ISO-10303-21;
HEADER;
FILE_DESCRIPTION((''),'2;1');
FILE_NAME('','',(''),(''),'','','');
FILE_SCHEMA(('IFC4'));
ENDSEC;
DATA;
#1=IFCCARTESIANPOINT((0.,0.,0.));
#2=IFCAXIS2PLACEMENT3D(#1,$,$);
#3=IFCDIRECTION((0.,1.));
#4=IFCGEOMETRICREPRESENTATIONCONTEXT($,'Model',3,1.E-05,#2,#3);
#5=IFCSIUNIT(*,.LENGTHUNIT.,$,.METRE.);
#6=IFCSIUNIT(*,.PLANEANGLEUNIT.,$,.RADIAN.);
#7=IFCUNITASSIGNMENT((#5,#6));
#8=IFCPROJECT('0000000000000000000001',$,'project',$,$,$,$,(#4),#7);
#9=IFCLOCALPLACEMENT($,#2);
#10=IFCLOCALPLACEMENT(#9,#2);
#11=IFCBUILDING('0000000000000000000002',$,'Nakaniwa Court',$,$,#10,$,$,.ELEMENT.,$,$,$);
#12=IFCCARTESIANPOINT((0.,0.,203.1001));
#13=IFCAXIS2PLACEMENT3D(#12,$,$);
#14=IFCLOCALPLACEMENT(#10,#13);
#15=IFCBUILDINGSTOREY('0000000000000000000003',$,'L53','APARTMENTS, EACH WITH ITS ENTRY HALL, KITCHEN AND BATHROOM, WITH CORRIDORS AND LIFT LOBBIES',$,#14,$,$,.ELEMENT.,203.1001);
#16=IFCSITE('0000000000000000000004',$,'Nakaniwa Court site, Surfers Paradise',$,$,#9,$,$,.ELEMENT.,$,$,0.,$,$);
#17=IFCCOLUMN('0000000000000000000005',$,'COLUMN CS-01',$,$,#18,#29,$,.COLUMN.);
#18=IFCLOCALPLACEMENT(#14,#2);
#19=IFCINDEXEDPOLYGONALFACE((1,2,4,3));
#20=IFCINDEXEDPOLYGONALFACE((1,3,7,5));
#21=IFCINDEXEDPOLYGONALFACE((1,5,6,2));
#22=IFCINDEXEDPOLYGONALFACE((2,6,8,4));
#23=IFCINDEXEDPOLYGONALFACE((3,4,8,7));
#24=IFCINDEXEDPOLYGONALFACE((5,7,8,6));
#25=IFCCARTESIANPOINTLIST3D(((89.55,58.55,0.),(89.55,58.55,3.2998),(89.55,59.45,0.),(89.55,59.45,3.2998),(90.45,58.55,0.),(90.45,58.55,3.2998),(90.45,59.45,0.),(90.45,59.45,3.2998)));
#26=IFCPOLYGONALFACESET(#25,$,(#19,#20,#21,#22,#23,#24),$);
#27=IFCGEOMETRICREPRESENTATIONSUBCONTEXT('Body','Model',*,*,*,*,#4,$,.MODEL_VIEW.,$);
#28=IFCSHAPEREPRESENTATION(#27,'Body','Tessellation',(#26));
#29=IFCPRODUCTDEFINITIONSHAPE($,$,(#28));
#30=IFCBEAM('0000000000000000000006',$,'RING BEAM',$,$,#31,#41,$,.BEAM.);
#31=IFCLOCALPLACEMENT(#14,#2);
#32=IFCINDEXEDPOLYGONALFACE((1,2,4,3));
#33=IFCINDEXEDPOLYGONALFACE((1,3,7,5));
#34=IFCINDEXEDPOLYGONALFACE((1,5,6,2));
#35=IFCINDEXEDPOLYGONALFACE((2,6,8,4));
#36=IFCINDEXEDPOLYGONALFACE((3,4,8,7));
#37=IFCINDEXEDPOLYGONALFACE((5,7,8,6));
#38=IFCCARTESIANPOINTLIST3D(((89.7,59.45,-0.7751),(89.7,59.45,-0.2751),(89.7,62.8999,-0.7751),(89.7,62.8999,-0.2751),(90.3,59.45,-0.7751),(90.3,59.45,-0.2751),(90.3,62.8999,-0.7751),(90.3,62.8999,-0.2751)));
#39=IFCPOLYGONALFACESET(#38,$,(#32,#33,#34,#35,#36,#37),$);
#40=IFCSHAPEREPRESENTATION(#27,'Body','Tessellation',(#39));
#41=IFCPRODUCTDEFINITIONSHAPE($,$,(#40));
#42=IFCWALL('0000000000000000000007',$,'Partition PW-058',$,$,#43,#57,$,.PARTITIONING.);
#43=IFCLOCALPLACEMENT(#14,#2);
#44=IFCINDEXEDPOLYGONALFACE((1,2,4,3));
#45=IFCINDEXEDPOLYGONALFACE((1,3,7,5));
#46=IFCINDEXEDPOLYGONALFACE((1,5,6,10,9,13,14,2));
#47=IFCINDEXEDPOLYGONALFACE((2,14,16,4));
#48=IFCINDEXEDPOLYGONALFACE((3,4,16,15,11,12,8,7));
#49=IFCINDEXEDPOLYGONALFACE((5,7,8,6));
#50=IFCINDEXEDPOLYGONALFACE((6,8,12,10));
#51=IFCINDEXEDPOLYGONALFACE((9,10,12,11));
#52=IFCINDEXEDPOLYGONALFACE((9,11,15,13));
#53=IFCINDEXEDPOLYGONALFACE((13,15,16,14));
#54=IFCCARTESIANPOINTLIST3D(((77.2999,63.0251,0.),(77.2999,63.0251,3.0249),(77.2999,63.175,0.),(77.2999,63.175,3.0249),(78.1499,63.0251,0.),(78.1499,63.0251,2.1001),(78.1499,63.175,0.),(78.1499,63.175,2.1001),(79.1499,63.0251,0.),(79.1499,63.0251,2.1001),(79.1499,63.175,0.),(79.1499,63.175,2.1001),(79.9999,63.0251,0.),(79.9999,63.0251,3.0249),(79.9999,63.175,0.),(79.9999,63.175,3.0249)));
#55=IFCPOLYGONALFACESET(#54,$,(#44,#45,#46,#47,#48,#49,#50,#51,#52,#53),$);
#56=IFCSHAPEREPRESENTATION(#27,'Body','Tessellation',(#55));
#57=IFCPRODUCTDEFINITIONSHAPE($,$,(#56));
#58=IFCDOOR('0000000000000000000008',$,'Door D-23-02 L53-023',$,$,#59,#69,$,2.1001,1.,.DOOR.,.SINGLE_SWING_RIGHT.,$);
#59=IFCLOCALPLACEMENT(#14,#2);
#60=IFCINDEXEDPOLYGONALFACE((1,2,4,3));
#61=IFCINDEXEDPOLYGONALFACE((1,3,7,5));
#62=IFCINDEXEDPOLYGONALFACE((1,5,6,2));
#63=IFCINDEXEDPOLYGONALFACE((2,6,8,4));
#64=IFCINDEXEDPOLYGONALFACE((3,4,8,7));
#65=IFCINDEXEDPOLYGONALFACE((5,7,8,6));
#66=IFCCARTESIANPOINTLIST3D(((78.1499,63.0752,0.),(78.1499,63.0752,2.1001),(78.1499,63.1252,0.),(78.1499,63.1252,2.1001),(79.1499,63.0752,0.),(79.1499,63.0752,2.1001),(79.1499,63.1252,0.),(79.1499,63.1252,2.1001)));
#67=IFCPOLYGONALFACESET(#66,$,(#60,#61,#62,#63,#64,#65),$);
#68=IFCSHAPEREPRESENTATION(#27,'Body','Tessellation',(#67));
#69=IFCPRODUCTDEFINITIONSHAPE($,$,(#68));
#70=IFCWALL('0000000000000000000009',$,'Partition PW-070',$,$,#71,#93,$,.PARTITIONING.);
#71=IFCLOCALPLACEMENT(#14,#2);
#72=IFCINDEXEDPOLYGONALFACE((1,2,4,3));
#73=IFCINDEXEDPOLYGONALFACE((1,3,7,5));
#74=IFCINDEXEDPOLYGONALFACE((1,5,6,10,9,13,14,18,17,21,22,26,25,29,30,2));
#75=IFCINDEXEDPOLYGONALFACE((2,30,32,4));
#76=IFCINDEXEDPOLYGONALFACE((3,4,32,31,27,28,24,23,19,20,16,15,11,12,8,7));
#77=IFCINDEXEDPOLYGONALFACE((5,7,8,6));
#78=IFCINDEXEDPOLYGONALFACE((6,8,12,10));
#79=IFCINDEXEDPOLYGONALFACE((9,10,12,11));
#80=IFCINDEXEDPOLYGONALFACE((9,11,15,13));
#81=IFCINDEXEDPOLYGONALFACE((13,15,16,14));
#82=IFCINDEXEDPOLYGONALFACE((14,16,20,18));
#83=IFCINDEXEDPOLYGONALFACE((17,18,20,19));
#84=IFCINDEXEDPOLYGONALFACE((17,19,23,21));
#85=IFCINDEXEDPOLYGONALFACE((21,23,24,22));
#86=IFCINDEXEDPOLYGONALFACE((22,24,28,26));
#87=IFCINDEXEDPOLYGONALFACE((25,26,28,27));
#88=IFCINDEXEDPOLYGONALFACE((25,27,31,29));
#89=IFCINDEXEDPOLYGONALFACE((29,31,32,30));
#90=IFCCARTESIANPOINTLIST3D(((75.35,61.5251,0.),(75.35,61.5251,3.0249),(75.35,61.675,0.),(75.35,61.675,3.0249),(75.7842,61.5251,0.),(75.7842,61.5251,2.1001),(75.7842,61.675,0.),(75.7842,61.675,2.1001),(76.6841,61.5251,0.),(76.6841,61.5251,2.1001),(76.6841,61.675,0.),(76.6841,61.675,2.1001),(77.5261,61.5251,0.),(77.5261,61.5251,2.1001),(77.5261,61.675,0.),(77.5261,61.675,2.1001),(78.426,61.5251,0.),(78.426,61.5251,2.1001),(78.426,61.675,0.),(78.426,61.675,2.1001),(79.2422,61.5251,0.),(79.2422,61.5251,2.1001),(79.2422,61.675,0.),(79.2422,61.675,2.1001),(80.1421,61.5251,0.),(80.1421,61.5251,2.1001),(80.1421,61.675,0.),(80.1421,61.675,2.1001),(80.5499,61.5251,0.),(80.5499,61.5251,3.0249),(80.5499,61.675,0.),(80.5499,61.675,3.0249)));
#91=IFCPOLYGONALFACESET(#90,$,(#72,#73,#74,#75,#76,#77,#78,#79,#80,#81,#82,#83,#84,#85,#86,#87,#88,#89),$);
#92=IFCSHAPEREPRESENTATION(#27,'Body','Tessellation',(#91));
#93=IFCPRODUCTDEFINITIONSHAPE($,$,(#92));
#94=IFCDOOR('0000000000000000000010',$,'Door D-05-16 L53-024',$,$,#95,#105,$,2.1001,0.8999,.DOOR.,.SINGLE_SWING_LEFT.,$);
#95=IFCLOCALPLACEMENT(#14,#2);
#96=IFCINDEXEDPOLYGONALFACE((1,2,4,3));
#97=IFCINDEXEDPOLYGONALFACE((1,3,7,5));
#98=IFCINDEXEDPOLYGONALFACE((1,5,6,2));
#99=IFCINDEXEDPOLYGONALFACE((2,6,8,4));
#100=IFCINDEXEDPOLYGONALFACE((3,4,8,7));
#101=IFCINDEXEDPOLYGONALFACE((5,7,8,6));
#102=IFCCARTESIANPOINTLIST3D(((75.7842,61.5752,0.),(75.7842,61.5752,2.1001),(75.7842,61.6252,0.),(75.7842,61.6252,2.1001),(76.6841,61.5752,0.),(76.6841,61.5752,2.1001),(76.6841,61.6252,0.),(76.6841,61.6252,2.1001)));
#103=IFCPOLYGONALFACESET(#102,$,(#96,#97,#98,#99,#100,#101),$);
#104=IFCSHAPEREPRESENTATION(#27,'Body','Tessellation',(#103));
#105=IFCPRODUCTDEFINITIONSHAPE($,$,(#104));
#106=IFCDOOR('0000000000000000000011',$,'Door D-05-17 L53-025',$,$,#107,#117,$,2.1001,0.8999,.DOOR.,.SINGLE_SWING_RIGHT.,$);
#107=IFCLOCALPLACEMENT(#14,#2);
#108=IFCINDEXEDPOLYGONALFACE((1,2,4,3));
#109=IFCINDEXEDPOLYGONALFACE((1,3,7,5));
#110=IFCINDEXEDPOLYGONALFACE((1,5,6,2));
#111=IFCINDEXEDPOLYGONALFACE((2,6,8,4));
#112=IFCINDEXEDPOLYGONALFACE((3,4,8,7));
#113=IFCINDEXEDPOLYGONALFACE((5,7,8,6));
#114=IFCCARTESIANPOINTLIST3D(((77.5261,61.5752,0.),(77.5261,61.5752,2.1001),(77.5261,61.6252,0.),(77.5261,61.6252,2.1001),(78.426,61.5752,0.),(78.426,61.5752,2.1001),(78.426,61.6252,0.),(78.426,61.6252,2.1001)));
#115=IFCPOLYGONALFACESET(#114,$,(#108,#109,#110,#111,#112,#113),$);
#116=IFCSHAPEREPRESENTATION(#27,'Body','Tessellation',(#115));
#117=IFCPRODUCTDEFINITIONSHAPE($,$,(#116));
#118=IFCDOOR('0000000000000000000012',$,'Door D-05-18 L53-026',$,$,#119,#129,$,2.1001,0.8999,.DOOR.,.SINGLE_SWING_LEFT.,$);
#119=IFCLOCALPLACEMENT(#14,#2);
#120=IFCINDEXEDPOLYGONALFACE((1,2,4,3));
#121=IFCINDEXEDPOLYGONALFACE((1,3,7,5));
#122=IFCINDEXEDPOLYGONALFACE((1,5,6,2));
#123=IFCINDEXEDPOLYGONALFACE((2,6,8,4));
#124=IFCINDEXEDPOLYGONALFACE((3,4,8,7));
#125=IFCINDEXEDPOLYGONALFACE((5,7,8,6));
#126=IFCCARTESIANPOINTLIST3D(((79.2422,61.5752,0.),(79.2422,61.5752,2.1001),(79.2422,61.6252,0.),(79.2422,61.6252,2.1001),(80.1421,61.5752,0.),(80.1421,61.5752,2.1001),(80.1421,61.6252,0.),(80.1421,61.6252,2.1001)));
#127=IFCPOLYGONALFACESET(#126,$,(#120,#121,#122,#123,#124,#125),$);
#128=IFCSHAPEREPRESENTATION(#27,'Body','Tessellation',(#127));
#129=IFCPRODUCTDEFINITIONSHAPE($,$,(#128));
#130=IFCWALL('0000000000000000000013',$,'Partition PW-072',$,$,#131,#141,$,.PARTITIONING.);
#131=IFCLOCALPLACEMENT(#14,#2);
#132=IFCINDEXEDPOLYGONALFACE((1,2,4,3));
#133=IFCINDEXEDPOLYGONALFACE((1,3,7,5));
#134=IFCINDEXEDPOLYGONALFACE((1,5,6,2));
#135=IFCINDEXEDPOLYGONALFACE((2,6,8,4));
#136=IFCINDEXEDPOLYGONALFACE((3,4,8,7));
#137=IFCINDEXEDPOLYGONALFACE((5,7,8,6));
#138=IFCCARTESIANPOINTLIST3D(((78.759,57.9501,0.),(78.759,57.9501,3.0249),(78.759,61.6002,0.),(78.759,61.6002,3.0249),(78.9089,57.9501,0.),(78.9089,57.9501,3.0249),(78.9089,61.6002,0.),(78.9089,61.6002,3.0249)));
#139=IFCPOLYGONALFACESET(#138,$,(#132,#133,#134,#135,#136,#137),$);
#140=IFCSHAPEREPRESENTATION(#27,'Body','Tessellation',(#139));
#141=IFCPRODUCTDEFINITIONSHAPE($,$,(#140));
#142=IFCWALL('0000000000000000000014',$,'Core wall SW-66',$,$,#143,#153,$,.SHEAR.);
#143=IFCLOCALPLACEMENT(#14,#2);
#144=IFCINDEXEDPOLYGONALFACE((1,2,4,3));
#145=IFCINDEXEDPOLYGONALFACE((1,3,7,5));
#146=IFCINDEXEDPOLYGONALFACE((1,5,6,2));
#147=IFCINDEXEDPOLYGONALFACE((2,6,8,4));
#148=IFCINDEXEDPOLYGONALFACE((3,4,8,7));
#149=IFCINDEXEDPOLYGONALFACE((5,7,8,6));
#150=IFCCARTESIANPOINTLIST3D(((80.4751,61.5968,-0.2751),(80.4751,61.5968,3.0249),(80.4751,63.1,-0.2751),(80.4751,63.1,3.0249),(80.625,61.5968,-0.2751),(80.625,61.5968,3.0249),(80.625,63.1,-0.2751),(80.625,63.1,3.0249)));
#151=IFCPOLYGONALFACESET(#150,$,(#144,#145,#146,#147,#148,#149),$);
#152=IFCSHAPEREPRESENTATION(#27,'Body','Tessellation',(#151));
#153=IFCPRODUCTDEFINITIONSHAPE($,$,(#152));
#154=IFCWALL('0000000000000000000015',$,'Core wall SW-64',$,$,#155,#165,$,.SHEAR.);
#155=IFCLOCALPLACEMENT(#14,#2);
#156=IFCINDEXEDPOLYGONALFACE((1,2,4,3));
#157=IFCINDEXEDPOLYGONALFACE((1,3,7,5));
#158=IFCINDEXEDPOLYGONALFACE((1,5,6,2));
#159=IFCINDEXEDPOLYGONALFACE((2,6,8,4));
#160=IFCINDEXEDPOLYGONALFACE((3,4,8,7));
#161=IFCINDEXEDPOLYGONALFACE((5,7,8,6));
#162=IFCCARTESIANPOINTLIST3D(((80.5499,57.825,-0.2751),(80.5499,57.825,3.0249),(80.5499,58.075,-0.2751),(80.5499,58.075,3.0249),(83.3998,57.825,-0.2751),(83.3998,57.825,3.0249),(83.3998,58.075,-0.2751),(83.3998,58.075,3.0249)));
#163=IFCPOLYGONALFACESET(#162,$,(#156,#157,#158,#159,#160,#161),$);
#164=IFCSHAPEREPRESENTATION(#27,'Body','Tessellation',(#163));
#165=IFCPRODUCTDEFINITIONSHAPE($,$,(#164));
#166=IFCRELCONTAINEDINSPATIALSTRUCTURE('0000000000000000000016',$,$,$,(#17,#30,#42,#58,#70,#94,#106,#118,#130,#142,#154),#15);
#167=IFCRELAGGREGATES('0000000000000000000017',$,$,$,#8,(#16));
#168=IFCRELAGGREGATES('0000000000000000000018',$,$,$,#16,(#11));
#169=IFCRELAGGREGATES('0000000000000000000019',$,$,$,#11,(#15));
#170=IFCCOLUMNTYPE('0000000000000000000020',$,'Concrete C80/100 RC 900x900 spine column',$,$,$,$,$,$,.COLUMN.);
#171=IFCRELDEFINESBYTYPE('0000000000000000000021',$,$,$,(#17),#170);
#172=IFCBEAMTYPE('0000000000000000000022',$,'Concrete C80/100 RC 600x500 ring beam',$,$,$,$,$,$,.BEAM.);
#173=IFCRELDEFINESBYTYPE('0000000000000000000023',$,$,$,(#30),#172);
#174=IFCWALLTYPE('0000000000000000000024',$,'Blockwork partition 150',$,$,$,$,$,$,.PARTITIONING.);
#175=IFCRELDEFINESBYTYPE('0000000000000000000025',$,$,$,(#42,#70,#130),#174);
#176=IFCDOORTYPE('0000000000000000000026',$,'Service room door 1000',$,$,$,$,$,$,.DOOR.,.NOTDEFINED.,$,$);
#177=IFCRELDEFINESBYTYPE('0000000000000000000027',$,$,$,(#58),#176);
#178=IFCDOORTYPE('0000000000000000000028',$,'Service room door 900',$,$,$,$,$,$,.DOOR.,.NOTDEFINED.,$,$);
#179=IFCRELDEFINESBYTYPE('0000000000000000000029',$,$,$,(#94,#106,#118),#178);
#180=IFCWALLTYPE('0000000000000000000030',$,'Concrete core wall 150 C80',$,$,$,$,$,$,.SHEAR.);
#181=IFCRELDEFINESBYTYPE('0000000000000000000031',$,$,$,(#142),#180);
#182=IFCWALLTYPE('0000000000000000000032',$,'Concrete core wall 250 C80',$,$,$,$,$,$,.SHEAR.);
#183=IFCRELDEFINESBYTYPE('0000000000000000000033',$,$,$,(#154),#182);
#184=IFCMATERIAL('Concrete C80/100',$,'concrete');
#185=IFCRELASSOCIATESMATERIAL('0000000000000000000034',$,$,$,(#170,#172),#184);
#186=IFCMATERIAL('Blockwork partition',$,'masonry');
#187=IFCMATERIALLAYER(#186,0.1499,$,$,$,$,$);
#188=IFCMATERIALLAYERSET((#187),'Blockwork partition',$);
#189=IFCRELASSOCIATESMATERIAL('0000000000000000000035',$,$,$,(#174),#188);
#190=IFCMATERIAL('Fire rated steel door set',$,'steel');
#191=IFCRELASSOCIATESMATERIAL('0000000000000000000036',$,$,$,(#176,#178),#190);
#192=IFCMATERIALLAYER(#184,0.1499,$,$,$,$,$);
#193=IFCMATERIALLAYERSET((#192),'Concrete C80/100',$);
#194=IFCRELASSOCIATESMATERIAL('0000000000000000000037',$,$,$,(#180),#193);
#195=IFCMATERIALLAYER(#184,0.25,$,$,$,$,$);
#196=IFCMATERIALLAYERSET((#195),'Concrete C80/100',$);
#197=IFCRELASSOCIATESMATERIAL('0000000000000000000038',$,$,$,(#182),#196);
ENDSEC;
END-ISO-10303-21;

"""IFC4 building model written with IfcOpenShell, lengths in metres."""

from ifc_helpers import new_model, si_unit, direction, frame, frame_2d, origin, origin_2d, place, context, subcontext, project, spatial, rectangle, extrude, material, layer, layer_set, material_profile, profile_set, type_object, element, fill, save


model = new_model("IFC4")

# Units and contexts
model_context = context("Model", 3, precision=1e-05, world=origin(), true_north=direction((0.0, 1.0)))
body_context = subcontext(model_context, "Body", "Model", "MODEL_VIEW")
ifc_project = project(units=[si_unit("LENGTHUNIT", "METRE"), si_unit("PLANEANGLEUNIT", "RADIAN")], contexts=[model_context])

# Site, building, storey
site_placement = place(None, origin())
site = spatial("IfcSite", under=ifc_project, at=site_placement, Name="Nakaniwa Court site, Surfers Paradise", CompositionType="ELEMENT", RefElevation=0.0)
building_placement = place(site_placement, origin())
building = spatial("IfcBuilding", under=site, at=building_placement, Name="Nakaniwa Court", CompositionType="ELEMENT")
storey_placement = place(building_placement, frame((0.0, 0.0, 203.1001)))
storey = spatial("IfcBuildingStorey", under=building, at=storey_placement, Name="L53", Description="APARTMENTS, EACH WITH ITS ENTRY HALL, KITCHEN AND BATHROOM, WITH CORRIDORS AND LIFT LOBBIES", CompositionType="ELEMENT", Elevation=203.1001)

# Column
ifc_material_1 = material(Name="Concrete C80/100", Category="concrete")
ifc_material_profile_1 = material_profile(ifc_material_1, rectangle(XDim=0.8999, YDim=0.8999, at=origin_2d()), Name="Concrete C80/100 RC 900x900 spine column")
ifc_profile_set_1 = profile_set([ifc_material_profile_1], Name="Concrete C80/100")
column_type = type_object("IfcColumnType", Name="Concrete C80/100 RC 900x900 spine column", PredefinedType="COLUMN", material=ifc_profile_set_1)
column_placement = place(storey_placement, frame((90.0, 59.0, 0.0), z_axis=(0.0, 0.0, 1.0), x_axis=(0.0, 1.0, 0.0)))
element("IfcColumn", 1, at=column_placement, inside=storey, type_object=column_type, Name="COLUMN CS-01", PredefinedType="COLUMN", context=body_context, shape_type="SweptSolid", body=[
    extrude(rectangle(XDim=0.8999, YDim=0.8999, at=origin_2d()), origin(), (0.0, 0.0, 1.0), 3.2998),
])

# Beam
ifc_material_profile_2 = material_profile(ifc_material_1, rectangle(XDim=0.6001, YDim=0.5, at=origin_2d()), Name="Concrete C80/100 RC 600x500 ring beam")
ifc_profile_set_2 = profile_set([ifc_material_profile_2], Name="Concrete C80/100")
beam_type = type_object("IfcBeamType", Name="Concrete C80/100 RC 600x500 ring beam", PredefinedType="BEAM", material=ifc_profile_set_2)
beam_placement = place(storey_placement, frame((90.0, 59.45, -0.5251), z_axis=(0.0, 1.0, 0.0), x_axis=(-1.0, 0.0, 0.0)))
element("IfcBeam", 2, at=beam_placement, inside=storey, type_object=beam_type, Name="RING BEAM", PredefinedType="BEAM", context=body_context, shape_type="SweptSolid", body=[
    extrude(rectangle(XDim=0.6001, YDim=0.5, at=origin_2d()), origin(), (0.0, 0.0, 1.0), 3.45),
])

# Wall, opening, door
ifc_material_2 = material(Name="Blockwork partition", Category="masonry")
ifc_layer_1 = layer(ifc_material_2, 0.1499)
ifc_layer_set_1 = layer_set([ifc_layer_1], Name="Blockwork partition")
wall_type_1 = type_object("IfcWallType", Name="Blockwork partition 150", PredefinedType="PARTITIONING", material=ifc_layer_set_1)
wall_1_placement = place(storey_placement, frame((80.0, 63.1001, 0.0), z_axis=(0.0, 0.0, 1.0), x_axis=(-1.0, 0.0, 0.0)))
wall_1 = element("IfcWall", 3, at=wall_1_placement, inside=storey, type_object=wall_type_1, Name="Partition PW-058", PredefinedType="PARTITIONING", context=body_context, shape_type="SweptSolid", body=[
    extrude(rectangle(XDim=2.7, YDim=0.1499, at=frame_2d((1.3501, 0.0))), origin(), (0.0, 0.0, 1.0), 3.0249),
])
opening_1_placement = place(wall_1_placement, frame((0.8501, 0.0, 0.0)))
opening_1 = element("IfcOpeningElement", 4, at=opening_1_placement, cuts=wall_1, PredefinedType="OPENING", context=body_context, shape_type="SweptSolid", body=[
    extrude(rectangle(XDim=1.0, YDim=2.1001, at=frame_2d((0.5, 1.05))), frame((0.0, 0.085, 0.0), z_axis=(0.0, -1.0, 0.0), x_axis=(1.0, 0.0, 0.0)), (0.0, 0.0, 1.0), 0.1699),
])
ifc_material_3 = material(Name="Fire rated steel door set", Category="steel")
door_type_1 = type_object("IfcDoorType", Name="Service room door 1000", OperationType="NOTDEFINED", PredefinedType="DOOR", material=ifc_material_3)
door_1_placement = place(opening_1_placement, origin())
door_1 = element("IfcDoor", 5, at=door_1_placement, inside=storey, type_object=door_type_1, Name="Door D-23-02 L53-023", OperationType="SINGLE_SWING_RIGHT", OverallHeight=2.1001, OverallWidth=1.0, PredefinedType="DOOR", context=body_context, shape_type="SweptSolid", body=[
    extrude(rectangle(XDim=1.0, YDim=2.1001, at=frame_2d((0.5, 1.05))), frame((0.0, 0.0249, 0.0), z_axis=(0.0, -1.0, 0.0), x_axis=(1.0, 0.0, 0.0)), (0.0, 0.0, 1.0), 0.05),
])
fill(opening_1, door_1)

# Wall, openings, doors
wall_2_placement = place(storey_placement, frame((80.55, 61.6001, 0.0), z_axis=(0.0, 0.0, 1.0), x_axis=(-1.0, 0.0, 0.0)))
wall_2 = element("IfcWall", 6, at=wall_2_placement, inside=storey, type_object=wall_type_1, Name="Partition PW-070", PredefinedType="PARTITIONING", context=body_context, shape_type="SweptSolid", body=[
    extrude(rectangle(XDim=5.2, YDim=0.1499, at=frame_2d((2.6001, 0.0))), origin(), (0.0, 0.0, 1.0), 3.0249),
])
opening_2_placement = place(wall_2_placement, frame((3.866, 0.0, 0.0)))
opening_2 = element("IfcOpeningElement", 7, at=opening_2_placement, cuts=wall_2, PredefinedType="OPENING", context=body_context, shape_type="SweptSolid", body=[
    extrude(rectangle(XDim=0.8999, YDim=2.1001, at=frame_2d((0.45, 1.05))), frame((0.0, 0.085, 0.0), z_axis=(0.0, -1.0, 0.0), x_axis=(1.0, 0.0, 0.0)), (0.0, 0.0, 1.0), 0.1699),
])
opening_3_placement = place(wall_2_placement, frame((2.124, 0.0, 0.0)))
opening_3 = element("IfcOpeningElement", 8, at=opening_3_placement, cuts=wall_2, PredefinedType="OPENING", context=body_context, shape_type="SweptSolid", body=[
    extrude(rectangle(XDim=0.8999, YDim=2.1001, at=frame_2d((0.45, 1.05))), frame((0.0, 0.085, 0.0), z_axis=(0.0, -1.0, 0.0), x_axis=(1.0, 0.0, 0.0)), (0.0, 0.0, 1.0), 0.1699),
])
opening_4_placement = place(wall_2_placement, frame((0.408, 0.0, 0.0)))
opening_4 = element("IfcOpeningElement", 9, at=opening_4_placement, cuts=wall_2, PredefinedType="OPENING", context=body_context, shape_type="SweptSolid", body=[
    extrude(rectangle(XDim=0.8999, YDim=2.1001, at=frame_2d((0.45, 1.05))), frame((0.0, 0.085, 0.0), z_axis=(0.0, -1.0, 0.0), x_axis=(1.0, 0.0, 0.0)), (0.0, 0.0, 1.0), 0.1699),
])
door_type_2 = type_object("IfcDoorType", Name="Service room door 900", OperationType="NOTDEFINED", PredefinedType="DOOR", material=ifc_material_3)
door_2_placement = place(opening_2_placement, origin())
door_2 = element("IfcDoor", 10, at=door_2_placement, inside=storey, type_object=door_type_2, Name="Door D-05-16 L53-024", OperationType="SINGLE_SWING_LEFT", OverallHeight=2.1001, OverallWidth=0.8999, PredefinedType="DOOR", context=body_context, shape_type="SweptSolid", body=[
    extrude(rectangle(XDim=0.8999, YDim=2.1001, at=frame_2d((0.45, 1.05))), frame((0.0, 0.0249, 0.0), z_axis=(0.0, -1.0, 0.0), x_axis=(1.0, 0.0, 0.0)), (0.0, 0.0, 1.0), 0.05),
])
fill(opening_2, door_2)
door_3_placement = place(opening_3_placement, origin())
door_3 = element("IfcDoor", 11, at=door_3_placement, inside=storey, type_object=door_type_2, Name="Door D-05-17 L53-025", OperationType="SINGLE_SWING_RIGHT", OverallHeight=2.1001, OverallWidth=0.8999, PredefinedType="DOOR", context=body_context, shape_type="SweptSolid", body=[
    extrude(rectangle(XDim=0.8999, YDim=2.1001, at=frame_2d((0.45, 1.05))), frame((0.0, 0.0249, 0.0), z_axis=(0.0, -1.0, 0.0), x_axis=(1.0, 0.0, 0.0)), (0.0, 0.0, 1.0), 0.05),
])
fill(opening_3, door_3)
door_4_placement = place(opening_4_placement, origin())
door_4 = element("IfcDoor", 12, at=door_4_placement, inside=storey, type_object=door_type_2, Name="Door D-05-18 L53-026", OperationType="SINGLE_SWING_LEFT", OverallHeight=2.1001, OverallWidth=0.8999, PredefinedType="DOOR", context=body_context, shape_type="SweptSolid", body=[
    extrude(rectangle(XDim=0.8999, YDim=2.1001, at=frame_2d((0.45, 1.05))), frame((0.0, 0.0249, 0.0), z_axis=(0.0, -1.0, 0.0), x_axis=(1.0, 0.0, 0.0)), (0.0, 0.0, 1.0), 0.05),
])
fill(opening_4, door_4)

# Walls
wall_3_placement = place(storey_placement, frame((78.834, 57.95, 0.0), z_axis=(0.0, 0.0, 1.0), x_axis=(0.0, 1.0, 0.0)))
element("IfcWall", 13, at=wall_3_placement, inside=storey, type_object=wall_type_1, Name="Partition PW-072", PredefinedType="PARTITIONING", context=body_context, shape_type="SweptSolid", body=[
    extrude(rectangle(XDim=3.6501, YDim=0.1499, at=frame_2d((1.8252, 0.0))), origin(), (0.0, 0.0, 1.0), 3.0249),
])
ifc_layer_2 = layer(ifc_material_1, 0.1499)
ifc_layer_set_2 = layer_set([ifc_layer_2], Name="Concrete C80/100")
wall_type_2 = type_object("IfcWallType", Name="Concrete core wall 150 C80", PredefinedType="SHEAR", material=ifc_layer_set_2)
wall_4_placement = place(storey_placement, frame((80.55, 61.5969, -0.2751), z_axis=(0.0, 0.0, 1.0), x_axis=(0.0, 1.0, 0.0)))
element("IfcWall", 14, at=wall_4_placement, inside=storey, type_object=wall_type_2, Name="Core wall SW-66", PredefinedType="SHEAR", context=body_context, shape_type="SweptSolid", body=[
    extrude(rectangle(XDim=1.5032, YDim=0.1499, at=frame_2d((0.7515, 0.0))), origin(), (0.0, 0.0, 1.0), 3.3),
])
ifc_layer_3 = layer(ifc_material_1, 0.25)
ifc_layer_set_3 = layer_set([ifc_layer_3], Name="Concrete C80/100")
wall_type_3 = type_object("IfcWallType", Name="Concrete core wall 250 C80", PredefinedType="SHEAR", material=ifc_layer_set_3)
wall_5_placement = place(storey_placement, frame((80.55, 57.95, -0.2751), z_axis=(0.0, 0.0, 1.0), x_axis=(1.0, 0.0, 0.0)))
element("IfcWall", 15, at=wall_5_placement, inside=storey, type_object=wall_type_3, Name="Core wall SW-64", PredefinedType="SHEAR", context=body_context, shape_type="SweptSolid", body=[
    extrude(rectangle(XDim=2.8499, YDim=0.25, at=frame_2d((1.4248, 0.0))), origin(), (0.0, 0.0, 1.0), 3.3),
])

save(model, "model.ifc")
